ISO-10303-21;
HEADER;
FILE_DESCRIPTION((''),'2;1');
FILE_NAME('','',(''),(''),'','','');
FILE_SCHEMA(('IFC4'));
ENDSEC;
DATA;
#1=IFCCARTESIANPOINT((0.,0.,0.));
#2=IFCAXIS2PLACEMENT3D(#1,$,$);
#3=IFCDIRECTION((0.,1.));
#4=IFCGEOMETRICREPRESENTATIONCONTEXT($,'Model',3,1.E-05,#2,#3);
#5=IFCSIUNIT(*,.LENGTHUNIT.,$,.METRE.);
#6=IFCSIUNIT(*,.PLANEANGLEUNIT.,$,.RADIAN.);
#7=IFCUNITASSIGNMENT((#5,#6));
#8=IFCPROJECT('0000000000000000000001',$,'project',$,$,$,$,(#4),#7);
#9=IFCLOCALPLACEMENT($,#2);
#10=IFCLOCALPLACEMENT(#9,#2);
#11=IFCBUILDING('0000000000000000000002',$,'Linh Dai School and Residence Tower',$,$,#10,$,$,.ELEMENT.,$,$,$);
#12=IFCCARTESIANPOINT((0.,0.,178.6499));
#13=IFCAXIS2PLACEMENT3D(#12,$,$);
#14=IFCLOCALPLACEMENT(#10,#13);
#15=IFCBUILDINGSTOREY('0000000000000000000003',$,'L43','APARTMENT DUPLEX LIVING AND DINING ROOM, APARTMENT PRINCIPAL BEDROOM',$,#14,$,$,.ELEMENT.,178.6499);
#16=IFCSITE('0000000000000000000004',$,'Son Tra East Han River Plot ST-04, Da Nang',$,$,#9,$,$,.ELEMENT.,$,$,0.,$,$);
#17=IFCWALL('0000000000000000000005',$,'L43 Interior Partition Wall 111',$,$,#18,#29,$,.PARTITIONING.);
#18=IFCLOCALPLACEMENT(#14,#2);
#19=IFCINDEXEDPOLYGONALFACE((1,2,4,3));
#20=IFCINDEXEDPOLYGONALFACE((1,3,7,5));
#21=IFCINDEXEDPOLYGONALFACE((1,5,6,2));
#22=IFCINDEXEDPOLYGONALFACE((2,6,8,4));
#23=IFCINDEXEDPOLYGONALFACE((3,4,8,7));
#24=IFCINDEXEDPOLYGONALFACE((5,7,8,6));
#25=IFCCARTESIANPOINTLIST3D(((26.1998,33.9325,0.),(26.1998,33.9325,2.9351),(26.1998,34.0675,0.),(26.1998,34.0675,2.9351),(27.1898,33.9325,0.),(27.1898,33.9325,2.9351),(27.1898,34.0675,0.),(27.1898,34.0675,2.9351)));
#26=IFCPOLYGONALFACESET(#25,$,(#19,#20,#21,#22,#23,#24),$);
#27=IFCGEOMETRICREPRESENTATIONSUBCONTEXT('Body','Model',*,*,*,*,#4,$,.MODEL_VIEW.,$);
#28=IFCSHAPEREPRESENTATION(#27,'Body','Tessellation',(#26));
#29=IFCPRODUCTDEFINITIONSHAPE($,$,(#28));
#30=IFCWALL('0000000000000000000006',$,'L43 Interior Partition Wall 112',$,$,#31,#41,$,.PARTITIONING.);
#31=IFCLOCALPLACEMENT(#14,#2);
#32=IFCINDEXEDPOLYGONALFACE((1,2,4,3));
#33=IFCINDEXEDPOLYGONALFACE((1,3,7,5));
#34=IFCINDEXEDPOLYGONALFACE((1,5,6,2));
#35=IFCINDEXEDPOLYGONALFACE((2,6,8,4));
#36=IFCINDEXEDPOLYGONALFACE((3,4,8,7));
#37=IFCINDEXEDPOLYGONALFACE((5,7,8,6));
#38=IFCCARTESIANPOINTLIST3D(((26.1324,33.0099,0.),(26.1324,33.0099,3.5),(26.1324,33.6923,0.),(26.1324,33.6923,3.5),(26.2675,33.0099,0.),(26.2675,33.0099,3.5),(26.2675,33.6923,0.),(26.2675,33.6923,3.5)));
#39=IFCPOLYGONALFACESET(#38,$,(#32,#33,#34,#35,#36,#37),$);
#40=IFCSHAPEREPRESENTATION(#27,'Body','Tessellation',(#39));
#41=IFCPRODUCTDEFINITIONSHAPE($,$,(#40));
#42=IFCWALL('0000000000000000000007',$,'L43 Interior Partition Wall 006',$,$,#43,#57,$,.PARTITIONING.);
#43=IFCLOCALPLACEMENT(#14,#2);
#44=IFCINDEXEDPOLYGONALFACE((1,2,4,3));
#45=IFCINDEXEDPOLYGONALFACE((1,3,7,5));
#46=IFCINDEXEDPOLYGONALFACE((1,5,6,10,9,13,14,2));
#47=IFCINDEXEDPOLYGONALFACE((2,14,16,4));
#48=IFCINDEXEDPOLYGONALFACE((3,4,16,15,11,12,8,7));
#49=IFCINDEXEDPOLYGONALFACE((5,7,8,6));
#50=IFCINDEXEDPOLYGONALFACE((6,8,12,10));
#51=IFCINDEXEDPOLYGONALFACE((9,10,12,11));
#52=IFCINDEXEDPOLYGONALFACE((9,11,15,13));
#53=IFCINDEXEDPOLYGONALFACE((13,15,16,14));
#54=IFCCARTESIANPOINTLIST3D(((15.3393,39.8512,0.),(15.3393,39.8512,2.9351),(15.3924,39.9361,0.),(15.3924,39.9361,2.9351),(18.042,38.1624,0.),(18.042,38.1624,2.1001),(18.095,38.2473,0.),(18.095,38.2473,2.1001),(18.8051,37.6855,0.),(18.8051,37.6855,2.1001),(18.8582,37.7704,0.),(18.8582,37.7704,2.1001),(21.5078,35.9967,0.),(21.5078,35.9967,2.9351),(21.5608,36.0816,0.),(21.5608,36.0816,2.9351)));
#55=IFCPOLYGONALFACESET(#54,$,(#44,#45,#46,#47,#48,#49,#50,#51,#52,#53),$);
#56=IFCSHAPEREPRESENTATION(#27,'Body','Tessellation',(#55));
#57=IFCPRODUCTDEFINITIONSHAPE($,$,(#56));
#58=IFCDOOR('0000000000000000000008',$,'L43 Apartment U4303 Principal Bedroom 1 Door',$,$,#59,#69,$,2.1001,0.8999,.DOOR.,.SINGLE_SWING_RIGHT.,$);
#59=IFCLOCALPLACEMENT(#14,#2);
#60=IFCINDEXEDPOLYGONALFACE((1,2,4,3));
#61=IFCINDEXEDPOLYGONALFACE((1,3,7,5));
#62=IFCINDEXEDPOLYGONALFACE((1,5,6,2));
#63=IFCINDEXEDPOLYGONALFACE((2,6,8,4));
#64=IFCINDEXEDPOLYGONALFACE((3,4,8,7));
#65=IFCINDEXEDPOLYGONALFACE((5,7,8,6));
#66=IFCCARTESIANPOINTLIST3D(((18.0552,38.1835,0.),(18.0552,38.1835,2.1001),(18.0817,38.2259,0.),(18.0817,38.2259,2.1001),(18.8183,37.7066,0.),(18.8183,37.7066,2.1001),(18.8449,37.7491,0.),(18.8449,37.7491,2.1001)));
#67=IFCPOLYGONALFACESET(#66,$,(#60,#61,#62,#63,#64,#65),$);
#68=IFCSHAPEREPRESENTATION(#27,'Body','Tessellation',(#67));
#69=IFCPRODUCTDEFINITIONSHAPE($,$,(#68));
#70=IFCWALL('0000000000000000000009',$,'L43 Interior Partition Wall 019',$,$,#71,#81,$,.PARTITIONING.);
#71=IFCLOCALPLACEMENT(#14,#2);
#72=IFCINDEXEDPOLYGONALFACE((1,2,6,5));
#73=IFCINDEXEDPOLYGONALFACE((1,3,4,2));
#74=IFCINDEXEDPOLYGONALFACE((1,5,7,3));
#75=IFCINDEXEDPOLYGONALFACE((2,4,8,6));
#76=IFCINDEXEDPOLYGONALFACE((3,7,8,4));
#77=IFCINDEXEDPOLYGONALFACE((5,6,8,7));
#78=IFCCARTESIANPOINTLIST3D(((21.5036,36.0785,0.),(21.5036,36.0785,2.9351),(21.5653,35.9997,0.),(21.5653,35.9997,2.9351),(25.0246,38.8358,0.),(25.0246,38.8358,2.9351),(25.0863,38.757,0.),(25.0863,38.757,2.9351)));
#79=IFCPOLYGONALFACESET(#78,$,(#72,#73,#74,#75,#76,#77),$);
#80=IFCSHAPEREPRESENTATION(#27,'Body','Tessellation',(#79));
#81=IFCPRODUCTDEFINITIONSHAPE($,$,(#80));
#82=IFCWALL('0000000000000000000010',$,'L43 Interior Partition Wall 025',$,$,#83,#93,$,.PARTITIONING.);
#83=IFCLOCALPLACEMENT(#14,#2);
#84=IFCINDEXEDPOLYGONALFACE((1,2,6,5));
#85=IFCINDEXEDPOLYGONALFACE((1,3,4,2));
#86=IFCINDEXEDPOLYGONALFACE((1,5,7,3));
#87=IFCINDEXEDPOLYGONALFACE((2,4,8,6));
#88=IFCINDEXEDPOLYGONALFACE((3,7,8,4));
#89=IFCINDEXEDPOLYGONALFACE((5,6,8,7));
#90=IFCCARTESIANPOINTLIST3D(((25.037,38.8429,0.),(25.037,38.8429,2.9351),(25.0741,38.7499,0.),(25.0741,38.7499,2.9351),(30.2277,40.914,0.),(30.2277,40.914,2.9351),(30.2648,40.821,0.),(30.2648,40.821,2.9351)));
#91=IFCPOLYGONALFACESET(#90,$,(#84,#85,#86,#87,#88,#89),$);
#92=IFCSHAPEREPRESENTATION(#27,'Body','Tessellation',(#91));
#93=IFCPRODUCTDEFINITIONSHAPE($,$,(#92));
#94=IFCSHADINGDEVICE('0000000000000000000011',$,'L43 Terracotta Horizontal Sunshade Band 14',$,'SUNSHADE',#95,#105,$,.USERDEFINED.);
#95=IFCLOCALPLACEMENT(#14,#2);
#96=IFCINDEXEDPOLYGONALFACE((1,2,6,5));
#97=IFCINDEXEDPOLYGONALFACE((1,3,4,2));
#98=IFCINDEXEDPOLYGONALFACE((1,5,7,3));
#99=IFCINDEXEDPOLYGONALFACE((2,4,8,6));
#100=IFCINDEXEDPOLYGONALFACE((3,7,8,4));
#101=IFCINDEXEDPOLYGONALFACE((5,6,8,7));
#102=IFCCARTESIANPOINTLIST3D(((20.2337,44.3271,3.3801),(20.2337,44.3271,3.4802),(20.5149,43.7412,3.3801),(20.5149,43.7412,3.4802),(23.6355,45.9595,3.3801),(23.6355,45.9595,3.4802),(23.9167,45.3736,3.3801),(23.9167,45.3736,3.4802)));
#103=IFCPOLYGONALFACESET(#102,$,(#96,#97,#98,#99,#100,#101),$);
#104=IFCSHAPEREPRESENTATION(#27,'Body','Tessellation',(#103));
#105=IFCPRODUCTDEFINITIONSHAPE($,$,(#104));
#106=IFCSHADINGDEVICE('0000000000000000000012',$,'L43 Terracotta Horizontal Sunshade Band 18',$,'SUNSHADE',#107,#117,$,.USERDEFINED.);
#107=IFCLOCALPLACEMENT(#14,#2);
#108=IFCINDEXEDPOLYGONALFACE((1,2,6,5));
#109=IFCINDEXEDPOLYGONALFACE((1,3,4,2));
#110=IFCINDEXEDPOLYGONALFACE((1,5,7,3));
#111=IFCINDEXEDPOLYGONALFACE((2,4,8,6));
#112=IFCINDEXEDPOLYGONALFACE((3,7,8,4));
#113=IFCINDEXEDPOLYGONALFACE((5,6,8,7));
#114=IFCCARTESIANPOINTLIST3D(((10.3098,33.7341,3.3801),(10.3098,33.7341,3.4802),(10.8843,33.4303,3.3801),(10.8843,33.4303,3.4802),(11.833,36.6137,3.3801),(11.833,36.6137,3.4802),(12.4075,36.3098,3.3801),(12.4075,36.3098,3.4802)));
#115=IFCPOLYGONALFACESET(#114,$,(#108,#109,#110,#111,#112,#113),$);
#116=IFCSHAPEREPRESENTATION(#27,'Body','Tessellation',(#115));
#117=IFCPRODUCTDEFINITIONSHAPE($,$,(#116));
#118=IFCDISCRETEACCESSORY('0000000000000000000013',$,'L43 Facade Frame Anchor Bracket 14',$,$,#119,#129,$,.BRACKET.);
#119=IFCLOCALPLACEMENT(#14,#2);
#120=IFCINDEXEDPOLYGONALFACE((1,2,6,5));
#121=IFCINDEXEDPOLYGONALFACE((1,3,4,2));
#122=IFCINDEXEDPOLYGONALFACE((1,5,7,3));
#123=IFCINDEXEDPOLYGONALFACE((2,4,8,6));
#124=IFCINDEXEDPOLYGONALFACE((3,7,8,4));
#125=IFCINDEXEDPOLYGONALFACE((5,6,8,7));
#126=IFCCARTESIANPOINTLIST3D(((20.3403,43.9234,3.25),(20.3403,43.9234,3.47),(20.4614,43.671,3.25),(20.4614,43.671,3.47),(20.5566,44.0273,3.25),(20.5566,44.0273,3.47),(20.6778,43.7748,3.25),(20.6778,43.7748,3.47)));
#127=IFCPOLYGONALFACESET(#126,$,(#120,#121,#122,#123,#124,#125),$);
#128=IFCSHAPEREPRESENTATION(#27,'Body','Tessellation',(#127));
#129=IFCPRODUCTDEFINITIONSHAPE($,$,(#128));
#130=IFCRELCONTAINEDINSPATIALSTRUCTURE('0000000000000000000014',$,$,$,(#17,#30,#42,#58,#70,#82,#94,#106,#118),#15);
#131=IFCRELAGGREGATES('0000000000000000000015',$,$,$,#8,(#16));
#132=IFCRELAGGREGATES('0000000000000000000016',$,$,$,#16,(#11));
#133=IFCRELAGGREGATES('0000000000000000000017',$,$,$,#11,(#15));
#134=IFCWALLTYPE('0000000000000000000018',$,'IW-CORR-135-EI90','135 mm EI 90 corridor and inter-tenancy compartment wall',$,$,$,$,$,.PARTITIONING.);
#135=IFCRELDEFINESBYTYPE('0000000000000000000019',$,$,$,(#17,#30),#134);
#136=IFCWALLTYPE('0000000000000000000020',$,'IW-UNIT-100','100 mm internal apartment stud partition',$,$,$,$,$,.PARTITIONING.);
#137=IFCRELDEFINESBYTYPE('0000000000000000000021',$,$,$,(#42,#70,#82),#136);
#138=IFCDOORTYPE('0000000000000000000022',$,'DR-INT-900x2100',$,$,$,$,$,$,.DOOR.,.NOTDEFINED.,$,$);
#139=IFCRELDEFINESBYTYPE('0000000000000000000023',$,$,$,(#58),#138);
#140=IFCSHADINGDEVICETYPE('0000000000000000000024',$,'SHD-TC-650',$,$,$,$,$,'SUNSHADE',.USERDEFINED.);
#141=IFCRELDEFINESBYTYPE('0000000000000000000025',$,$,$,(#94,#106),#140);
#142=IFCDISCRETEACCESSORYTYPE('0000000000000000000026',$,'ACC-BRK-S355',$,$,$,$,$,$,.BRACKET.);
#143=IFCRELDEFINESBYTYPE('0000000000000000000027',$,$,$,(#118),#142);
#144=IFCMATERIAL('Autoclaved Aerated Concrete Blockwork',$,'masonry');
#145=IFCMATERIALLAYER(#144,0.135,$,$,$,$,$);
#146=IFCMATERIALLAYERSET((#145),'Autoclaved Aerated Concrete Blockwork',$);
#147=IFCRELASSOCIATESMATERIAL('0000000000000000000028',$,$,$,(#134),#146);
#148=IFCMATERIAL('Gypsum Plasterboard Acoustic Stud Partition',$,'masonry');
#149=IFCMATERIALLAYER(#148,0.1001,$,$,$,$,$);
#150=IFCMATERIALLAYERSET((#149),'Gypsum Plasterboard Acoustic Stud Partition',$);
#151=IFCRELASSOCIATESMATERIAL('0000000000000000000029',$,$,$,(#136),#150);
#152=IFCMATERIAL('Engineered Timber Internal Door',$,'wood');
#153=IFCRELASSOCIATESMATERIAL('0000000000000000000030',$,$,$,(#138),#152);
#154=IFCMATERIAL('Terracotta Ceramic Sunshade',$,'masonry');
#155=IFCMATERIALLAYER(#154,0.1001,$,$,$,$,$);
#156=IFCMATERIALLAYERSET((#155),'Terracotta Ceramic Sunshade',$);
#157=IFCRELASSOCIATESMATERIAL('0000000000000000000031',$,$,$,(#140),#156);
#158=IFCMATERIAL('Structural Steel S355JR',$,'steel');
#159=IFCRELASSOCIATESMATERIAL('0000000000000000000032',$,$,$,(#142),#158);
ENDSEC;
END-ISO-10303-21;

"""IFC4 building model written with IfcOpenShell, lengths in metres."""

from ifc_helpers import new_model, si_unit, direction, frame, frame_2d, origin, origin_2d, place, context, subcontext, project, spatial, rectangle, extrude, source, transform, mapped, material, layer, layer_set, type_object, element, fill, save


model = new_model("IFC4")

# Units and contexts
model_context = context("Model", 3, precision=1e-05, world=origin(), true_north=direction((0.0, 1.0)))
body_context = subcontext(model_context, "Body", "Model", "MODEL_VIEW")
ifc_project = project(units=[si_unit("LENGTHUNIT", "METRE"), si_unit("PLANEANGLEUNIT", "RADIAN")], contexts=[model_context])

# Site, building, storey
site_placement = place(None, origin())
site = spatial("IfcSite", under=ifc_project, at=site_placement, Name="Son Tra East Han River Plot ST-04, Da Nang", CompositionType="ELEMENT", RefElevation=0.0)
building_placement = place(site_placement, origin())
building = spatial("IfcBuilding", under=site, at=building_placement, Name="Linh Dai School and Residence Tower", CompositionType="ELEMENT")
storey_placement = place(building_placement, frame((0.0, 0.0, 178.6499)))
storey = spatial("IfcBuildingStorey", under=building, at=storey_placement, Name="L43", Description="APARTMENT DUPLEX LIVING AND DINING ROOM, APARTMENT PRINCIPAL BEDROOM", CompositionType="ELEMENT", Elevation=178.6499)

# Shared definitions
ifc_material_1 = material(Name="Structural Steel S355JR", Category="steel")

# Shared definitions
ifc_material_2 = material(Name="Autoclaved Aerated Concrete Blockwork", Category="masonry")
ifc_layer_1 = layer(ifc_material_2, 0.135)
ifc_layer_set_1 = layer_set([ifc_layer_1], Name="Autoclaved Aerated Concrete Blockwork")
wall_type_1 = type_object("IfcWallType", Name="IW-CORR-135-EI90", Description="135 mm EI 90 corridor and inter-tenancy compartment wall", PredefinedType="PARTITIONING", material=ifc_layer_set_1)

# Walls
wall_1_placement = place(storey_placement, frame((27.1899, 34.0, 0.0), z_axis=(0.0, 0.0, 1.0), x_axis=(-1.0, 0.0, 0.0)))
element("IfcWall", 1, at=wall_1_placement, inside=storey, type_object=wall_type_1, Name="L43 Interior Partition Wall 111", PredefinedType="PARTITIONING", context=body_context, shape_type="SweptSolid", body=[
    extrude(rectangle(XDim=0.99, YDim=0.135, at=frame_2d((0.4951, 0.0))), origin(), (0.0, 0.0, 1.0), 2.9351),
])
wall_2_placement = place(storey_placement, frame((26.2, 33.6924, 0.0), z_axis=(0.0, 0.0, 1.0), x_axis=(0.0, -1.0, 0.0)))
element("IfcWall", 2, at=wall_2_placement, inside=storey, type_object=wall_type_1, Name="L43 Interior Partition Wall 112", PredefinedType="PARTITIONING", context=body_context, shape_type="SweptSolid", body=[
    extrude(rectangle(XDim=0.6824, YDim=0.135, at=frame_2d((0.3413, 0.0))), origin(), (0.0, 0.0, 1.0), 3.5),
])

# Wall, opening, door
ifc_material_3 = material(Name="Gypsum Plasterboard Acoustic Stud Partition", Category="masonry")
ifc_layer_2 = layer(ifc_material_3, 0.1001)
ifc_layer_set_2 = layer_set([ifc_layer_2], Name="Gypsum Plasterboard Acoustic Stud Partition")
wall_type_2 = type_object("IfcWallType", Name="IW-UNIT-100", Description="100 mm internal apartment stud partition", PredefinedType="PARTITIONING", material=ifc_layer_set_2)
wall_3_placement = place(storey_placement, frame((15.366, 39.8936, 0.0), z_axis=(0.0, 0.0, 1.0), x_axis=(0.848047, -0.52992, 0.0)))
wall_3 = element("IfcWall", 3, at=wall_3_placement, inside=storey, type_object=wall_type_2, Name="L43 Interior Partition Wall 006", PredefinedType="PARTITIONING", context=body_context, shape_type="SweptSolid", body=[
    extrude(rectangle(XDim=7.2737, YDim=0.1001, at=frame_2d((3.6367, 0.0))), origin(), (0.0, 0.0, 1.0), 2.9351),
])
opening_1_placement = place(wall_3_placement, frame((3.1868, 0.0, 0.0)))
opening_1 = element("IfcOpeningElement", 4, at=opening_1_placement, cuts=wall_3, PredefinedType="OPENING", context=body_context, shape_type="SweptSolid", body=[
    extrude(rectangle(XDim=0.8999, YDim=2.1001, at=origin_2d()), frame((0.45, 0.0601, 1.05), z_axis=(0.0, -1.0, 0.0), x_axis=(1.0, 0.0, 0.0)), (0.0, 0.0, 1.0), 0.1201),
])
ifc_material_4 = material(Name="Engineered Timber Internal Door", Category="wood")
door_type_1 = type_object("IfcDoorType", Name="DR-INT-900x2100", OperationType="NOTDEFINED", PredefinedType="DOOR", material=ifc_material_4)
shared_shape_1 = source(origin(), body_context, "Body", "SweptSolid", [
    extrude(rectangle(XDim=0.8999, YDim=2.1001, at=origin_2d()), frame((0.45, 0.0249, 1.05), z_axis=(0.0, -1.0, 0.0), x_axis=(1.0, 0.0, 0.0)), (0.0, 0.0, 1.0), 0.05),
])
door_1_placement = place(opening_1_placement, origin())
door_1 = element("IfcDoor", 5, at=door_1_placement, inside=storey, type_object=door_type_1, Name="L43 Apartment U4303 Principal Bedroom 1 Door", OperationType="SINGLE_SWING_RIGHT", OverallHeight=2.1001, OverallWidth=0.8999, PredefinedType="DOOR", context=body_context, shape_type="MappedRepresentation", body=[
    mapped(shared_shape_1, transform((0.0, 0.0, 0.0), x_axis=(1.0, 0.0, 0.0), y_axis=(0.0, 1.0, 0.0), z_axis=(0.0, 0.0, 1.0), scale=1.0)),
])
fill(opening_1, door_1)

# Walls
wall_4_placement = place(storey_placement, frame((21.5344, 36.0391, 0.0), z_axis=(0.0, 0.0, 1.0), x_axis=(0.787314, 0.616553, 0.0)))
element("IfcWall", 6, at=wall_4_placement, inside=storey, type_object=wall_type_2, Name="L43 Interior Partition Wall 019", PredefinedType="PARTITIONING", context=body_context, shape_type="SweptSolid", body=[
    extrude(rectangle(XDim=4.4722, YDim=0.1001, at=frame_2d((2.2361, 0.0))), origin(), (0.0, 0.0, 1.0), 2.9351),
])
wall_5_placement = place(storey_placement, frame((25.0554, 38.7964, 0.0), z_axis=(0.0, 0.0, 1.0), x_axis=(0.928799, 0.370585, 0.0)))
element("IfcWall", 7, at=wall_5_placement, inside=storey, type_object=wall_type_2, Name="L43 Interior Partition Wall 025", PredefinedType="PARTITIONING", context=body_context, shape_type="SweptSolid", body=[
    extrude(rectangle(XDim=5.5886, YDim=0.1001, at=frame_2d((2.7944, 0.0))), origin(), (0.0, 0.0, 1.0), 2.9351),
])

# Shading devices
ifc_material_5 = material(Name="Terracotta Ceramic Sunshade", Category="masonry")
ifc_layer_3 = layer(ifc_material_5, 0.1001)
ifc_layer_set_3 = layer_set([ifc_layer_3], Name="Terracotta Ceramic Sunshade")
shading_device_type = type_object("IfcShadingDeviceType", Name="SHD-TC-650", ElementType="SUNSHADE", PredefinedType="USERDEFINED", material=ifc_layer_set_3)
shared_shape_2 = source(origin(), body_context, "Body", "SweptSolid", [
    extrude(rectangle(XDim=3.7732, YDim=0.6499, at=origin_2d()), origin(), (0.0, 0.0, 1.0), 0.1001),
])
shading_device_1_placement = place(storey_placement, frame((22.0752, 44.8503, 3.3801), z_axis=(0.0, 0.0, 1.0), x_axis=(0.901569, 0.432635, 0.0)))
element("IfcShadingDevice", 8, at=shading_device_1_placement, inside=storey, type_object=shading_device_type, Name="L43 Terracotta Horizontal Sunshade Band 14", ObjectType="SUNSHADE", PredefinedType="USERDEFINED", context=body_context, shape_type="MappedRepresentation", body=[
    mapped(shared_shape_2, transform((0.0, 0.0, 0.0), x_axis=(1.0, 0.0, 0.0), y_axis=(0.0, 1.0, 0.0), z_axis=(0.0, 0.0, 1.0), scale=1.0)),
])
shared_shape_3 = source(origin(), body_context, "Body", "SweptSolid", [
    extrude(rectangle(XDim=3.2576, YDim=0.6499, at=origin_2d()), origin(), (0.0, 0.0, 1.0), 0.1001),
])
shading_device_2_placement = place(storey_placement, frame((11.3586, 35.022, 3.3801), z_axis=(0.0, 0.0, 1.0), x_axis=(0.46758, 0.883951, 0.0)))
element("IfcShadingDevice", 9, at=shading_device_2_placement, inside=storey, type_object=shading_device_type, Name="L43 Terracotta Horizontal Sunshade Band 18", ObjectType="SUNSHADE", PredefinedType="USERDEFINED", context=body_context, shape_type="MappedRepresentation", body=[
    mapped(shared_shape_3, transform((0.0, 0.0, 0.0), x_axis=(1.0, 0.0, 0.0), y_axis=(0.0, 1.0, 0.0), z_axis=(0.0, 0.0, 1.0), scale=1.0)),
])

# Discrete accessory
discrete_accessory_type = type_object("IfcDiscreteAccessoryType", Name="ACC-BRK-S355", PredefinedType="BRACKET", material=ifc_material_1)
shared_shape_4 = source(origin(), body_context, "Body", "SweptSolid", [
    extrude(rectangle(XDim=0.28, YDim=0.24, at=origin_2d()), origin(), (0.0, 0.0, 1.0), 0.22),
])
discrete_accessory_placement = place(storey_placement, frame((20.509, 43.8491, 3.25), z_axis=(0.0, 0.0, 1.0), x_axis=(-0.432635, 0.901569, 0.0)))
element("IfcDiscreteAccessory", 10, at=discrete_accessory_placement, inside=storey, type_object=discrete_accessory_type, Name="L43 Facade Frame Anchor Bracket 14", PredefinedType="BRACKET", context=body_context, shape_type="MappedRepresentation", body=[
    mapped(shared_shape_4, transform((0.0, 0.0, 0.0), x_axis=(1.0, 0.0, 0.0), y_axis=(0.0, 1.0, 0.0), z_axis=(0.0, 0.0, 1.0), scale=1.0)),
])

save(model, "model.ifc")
